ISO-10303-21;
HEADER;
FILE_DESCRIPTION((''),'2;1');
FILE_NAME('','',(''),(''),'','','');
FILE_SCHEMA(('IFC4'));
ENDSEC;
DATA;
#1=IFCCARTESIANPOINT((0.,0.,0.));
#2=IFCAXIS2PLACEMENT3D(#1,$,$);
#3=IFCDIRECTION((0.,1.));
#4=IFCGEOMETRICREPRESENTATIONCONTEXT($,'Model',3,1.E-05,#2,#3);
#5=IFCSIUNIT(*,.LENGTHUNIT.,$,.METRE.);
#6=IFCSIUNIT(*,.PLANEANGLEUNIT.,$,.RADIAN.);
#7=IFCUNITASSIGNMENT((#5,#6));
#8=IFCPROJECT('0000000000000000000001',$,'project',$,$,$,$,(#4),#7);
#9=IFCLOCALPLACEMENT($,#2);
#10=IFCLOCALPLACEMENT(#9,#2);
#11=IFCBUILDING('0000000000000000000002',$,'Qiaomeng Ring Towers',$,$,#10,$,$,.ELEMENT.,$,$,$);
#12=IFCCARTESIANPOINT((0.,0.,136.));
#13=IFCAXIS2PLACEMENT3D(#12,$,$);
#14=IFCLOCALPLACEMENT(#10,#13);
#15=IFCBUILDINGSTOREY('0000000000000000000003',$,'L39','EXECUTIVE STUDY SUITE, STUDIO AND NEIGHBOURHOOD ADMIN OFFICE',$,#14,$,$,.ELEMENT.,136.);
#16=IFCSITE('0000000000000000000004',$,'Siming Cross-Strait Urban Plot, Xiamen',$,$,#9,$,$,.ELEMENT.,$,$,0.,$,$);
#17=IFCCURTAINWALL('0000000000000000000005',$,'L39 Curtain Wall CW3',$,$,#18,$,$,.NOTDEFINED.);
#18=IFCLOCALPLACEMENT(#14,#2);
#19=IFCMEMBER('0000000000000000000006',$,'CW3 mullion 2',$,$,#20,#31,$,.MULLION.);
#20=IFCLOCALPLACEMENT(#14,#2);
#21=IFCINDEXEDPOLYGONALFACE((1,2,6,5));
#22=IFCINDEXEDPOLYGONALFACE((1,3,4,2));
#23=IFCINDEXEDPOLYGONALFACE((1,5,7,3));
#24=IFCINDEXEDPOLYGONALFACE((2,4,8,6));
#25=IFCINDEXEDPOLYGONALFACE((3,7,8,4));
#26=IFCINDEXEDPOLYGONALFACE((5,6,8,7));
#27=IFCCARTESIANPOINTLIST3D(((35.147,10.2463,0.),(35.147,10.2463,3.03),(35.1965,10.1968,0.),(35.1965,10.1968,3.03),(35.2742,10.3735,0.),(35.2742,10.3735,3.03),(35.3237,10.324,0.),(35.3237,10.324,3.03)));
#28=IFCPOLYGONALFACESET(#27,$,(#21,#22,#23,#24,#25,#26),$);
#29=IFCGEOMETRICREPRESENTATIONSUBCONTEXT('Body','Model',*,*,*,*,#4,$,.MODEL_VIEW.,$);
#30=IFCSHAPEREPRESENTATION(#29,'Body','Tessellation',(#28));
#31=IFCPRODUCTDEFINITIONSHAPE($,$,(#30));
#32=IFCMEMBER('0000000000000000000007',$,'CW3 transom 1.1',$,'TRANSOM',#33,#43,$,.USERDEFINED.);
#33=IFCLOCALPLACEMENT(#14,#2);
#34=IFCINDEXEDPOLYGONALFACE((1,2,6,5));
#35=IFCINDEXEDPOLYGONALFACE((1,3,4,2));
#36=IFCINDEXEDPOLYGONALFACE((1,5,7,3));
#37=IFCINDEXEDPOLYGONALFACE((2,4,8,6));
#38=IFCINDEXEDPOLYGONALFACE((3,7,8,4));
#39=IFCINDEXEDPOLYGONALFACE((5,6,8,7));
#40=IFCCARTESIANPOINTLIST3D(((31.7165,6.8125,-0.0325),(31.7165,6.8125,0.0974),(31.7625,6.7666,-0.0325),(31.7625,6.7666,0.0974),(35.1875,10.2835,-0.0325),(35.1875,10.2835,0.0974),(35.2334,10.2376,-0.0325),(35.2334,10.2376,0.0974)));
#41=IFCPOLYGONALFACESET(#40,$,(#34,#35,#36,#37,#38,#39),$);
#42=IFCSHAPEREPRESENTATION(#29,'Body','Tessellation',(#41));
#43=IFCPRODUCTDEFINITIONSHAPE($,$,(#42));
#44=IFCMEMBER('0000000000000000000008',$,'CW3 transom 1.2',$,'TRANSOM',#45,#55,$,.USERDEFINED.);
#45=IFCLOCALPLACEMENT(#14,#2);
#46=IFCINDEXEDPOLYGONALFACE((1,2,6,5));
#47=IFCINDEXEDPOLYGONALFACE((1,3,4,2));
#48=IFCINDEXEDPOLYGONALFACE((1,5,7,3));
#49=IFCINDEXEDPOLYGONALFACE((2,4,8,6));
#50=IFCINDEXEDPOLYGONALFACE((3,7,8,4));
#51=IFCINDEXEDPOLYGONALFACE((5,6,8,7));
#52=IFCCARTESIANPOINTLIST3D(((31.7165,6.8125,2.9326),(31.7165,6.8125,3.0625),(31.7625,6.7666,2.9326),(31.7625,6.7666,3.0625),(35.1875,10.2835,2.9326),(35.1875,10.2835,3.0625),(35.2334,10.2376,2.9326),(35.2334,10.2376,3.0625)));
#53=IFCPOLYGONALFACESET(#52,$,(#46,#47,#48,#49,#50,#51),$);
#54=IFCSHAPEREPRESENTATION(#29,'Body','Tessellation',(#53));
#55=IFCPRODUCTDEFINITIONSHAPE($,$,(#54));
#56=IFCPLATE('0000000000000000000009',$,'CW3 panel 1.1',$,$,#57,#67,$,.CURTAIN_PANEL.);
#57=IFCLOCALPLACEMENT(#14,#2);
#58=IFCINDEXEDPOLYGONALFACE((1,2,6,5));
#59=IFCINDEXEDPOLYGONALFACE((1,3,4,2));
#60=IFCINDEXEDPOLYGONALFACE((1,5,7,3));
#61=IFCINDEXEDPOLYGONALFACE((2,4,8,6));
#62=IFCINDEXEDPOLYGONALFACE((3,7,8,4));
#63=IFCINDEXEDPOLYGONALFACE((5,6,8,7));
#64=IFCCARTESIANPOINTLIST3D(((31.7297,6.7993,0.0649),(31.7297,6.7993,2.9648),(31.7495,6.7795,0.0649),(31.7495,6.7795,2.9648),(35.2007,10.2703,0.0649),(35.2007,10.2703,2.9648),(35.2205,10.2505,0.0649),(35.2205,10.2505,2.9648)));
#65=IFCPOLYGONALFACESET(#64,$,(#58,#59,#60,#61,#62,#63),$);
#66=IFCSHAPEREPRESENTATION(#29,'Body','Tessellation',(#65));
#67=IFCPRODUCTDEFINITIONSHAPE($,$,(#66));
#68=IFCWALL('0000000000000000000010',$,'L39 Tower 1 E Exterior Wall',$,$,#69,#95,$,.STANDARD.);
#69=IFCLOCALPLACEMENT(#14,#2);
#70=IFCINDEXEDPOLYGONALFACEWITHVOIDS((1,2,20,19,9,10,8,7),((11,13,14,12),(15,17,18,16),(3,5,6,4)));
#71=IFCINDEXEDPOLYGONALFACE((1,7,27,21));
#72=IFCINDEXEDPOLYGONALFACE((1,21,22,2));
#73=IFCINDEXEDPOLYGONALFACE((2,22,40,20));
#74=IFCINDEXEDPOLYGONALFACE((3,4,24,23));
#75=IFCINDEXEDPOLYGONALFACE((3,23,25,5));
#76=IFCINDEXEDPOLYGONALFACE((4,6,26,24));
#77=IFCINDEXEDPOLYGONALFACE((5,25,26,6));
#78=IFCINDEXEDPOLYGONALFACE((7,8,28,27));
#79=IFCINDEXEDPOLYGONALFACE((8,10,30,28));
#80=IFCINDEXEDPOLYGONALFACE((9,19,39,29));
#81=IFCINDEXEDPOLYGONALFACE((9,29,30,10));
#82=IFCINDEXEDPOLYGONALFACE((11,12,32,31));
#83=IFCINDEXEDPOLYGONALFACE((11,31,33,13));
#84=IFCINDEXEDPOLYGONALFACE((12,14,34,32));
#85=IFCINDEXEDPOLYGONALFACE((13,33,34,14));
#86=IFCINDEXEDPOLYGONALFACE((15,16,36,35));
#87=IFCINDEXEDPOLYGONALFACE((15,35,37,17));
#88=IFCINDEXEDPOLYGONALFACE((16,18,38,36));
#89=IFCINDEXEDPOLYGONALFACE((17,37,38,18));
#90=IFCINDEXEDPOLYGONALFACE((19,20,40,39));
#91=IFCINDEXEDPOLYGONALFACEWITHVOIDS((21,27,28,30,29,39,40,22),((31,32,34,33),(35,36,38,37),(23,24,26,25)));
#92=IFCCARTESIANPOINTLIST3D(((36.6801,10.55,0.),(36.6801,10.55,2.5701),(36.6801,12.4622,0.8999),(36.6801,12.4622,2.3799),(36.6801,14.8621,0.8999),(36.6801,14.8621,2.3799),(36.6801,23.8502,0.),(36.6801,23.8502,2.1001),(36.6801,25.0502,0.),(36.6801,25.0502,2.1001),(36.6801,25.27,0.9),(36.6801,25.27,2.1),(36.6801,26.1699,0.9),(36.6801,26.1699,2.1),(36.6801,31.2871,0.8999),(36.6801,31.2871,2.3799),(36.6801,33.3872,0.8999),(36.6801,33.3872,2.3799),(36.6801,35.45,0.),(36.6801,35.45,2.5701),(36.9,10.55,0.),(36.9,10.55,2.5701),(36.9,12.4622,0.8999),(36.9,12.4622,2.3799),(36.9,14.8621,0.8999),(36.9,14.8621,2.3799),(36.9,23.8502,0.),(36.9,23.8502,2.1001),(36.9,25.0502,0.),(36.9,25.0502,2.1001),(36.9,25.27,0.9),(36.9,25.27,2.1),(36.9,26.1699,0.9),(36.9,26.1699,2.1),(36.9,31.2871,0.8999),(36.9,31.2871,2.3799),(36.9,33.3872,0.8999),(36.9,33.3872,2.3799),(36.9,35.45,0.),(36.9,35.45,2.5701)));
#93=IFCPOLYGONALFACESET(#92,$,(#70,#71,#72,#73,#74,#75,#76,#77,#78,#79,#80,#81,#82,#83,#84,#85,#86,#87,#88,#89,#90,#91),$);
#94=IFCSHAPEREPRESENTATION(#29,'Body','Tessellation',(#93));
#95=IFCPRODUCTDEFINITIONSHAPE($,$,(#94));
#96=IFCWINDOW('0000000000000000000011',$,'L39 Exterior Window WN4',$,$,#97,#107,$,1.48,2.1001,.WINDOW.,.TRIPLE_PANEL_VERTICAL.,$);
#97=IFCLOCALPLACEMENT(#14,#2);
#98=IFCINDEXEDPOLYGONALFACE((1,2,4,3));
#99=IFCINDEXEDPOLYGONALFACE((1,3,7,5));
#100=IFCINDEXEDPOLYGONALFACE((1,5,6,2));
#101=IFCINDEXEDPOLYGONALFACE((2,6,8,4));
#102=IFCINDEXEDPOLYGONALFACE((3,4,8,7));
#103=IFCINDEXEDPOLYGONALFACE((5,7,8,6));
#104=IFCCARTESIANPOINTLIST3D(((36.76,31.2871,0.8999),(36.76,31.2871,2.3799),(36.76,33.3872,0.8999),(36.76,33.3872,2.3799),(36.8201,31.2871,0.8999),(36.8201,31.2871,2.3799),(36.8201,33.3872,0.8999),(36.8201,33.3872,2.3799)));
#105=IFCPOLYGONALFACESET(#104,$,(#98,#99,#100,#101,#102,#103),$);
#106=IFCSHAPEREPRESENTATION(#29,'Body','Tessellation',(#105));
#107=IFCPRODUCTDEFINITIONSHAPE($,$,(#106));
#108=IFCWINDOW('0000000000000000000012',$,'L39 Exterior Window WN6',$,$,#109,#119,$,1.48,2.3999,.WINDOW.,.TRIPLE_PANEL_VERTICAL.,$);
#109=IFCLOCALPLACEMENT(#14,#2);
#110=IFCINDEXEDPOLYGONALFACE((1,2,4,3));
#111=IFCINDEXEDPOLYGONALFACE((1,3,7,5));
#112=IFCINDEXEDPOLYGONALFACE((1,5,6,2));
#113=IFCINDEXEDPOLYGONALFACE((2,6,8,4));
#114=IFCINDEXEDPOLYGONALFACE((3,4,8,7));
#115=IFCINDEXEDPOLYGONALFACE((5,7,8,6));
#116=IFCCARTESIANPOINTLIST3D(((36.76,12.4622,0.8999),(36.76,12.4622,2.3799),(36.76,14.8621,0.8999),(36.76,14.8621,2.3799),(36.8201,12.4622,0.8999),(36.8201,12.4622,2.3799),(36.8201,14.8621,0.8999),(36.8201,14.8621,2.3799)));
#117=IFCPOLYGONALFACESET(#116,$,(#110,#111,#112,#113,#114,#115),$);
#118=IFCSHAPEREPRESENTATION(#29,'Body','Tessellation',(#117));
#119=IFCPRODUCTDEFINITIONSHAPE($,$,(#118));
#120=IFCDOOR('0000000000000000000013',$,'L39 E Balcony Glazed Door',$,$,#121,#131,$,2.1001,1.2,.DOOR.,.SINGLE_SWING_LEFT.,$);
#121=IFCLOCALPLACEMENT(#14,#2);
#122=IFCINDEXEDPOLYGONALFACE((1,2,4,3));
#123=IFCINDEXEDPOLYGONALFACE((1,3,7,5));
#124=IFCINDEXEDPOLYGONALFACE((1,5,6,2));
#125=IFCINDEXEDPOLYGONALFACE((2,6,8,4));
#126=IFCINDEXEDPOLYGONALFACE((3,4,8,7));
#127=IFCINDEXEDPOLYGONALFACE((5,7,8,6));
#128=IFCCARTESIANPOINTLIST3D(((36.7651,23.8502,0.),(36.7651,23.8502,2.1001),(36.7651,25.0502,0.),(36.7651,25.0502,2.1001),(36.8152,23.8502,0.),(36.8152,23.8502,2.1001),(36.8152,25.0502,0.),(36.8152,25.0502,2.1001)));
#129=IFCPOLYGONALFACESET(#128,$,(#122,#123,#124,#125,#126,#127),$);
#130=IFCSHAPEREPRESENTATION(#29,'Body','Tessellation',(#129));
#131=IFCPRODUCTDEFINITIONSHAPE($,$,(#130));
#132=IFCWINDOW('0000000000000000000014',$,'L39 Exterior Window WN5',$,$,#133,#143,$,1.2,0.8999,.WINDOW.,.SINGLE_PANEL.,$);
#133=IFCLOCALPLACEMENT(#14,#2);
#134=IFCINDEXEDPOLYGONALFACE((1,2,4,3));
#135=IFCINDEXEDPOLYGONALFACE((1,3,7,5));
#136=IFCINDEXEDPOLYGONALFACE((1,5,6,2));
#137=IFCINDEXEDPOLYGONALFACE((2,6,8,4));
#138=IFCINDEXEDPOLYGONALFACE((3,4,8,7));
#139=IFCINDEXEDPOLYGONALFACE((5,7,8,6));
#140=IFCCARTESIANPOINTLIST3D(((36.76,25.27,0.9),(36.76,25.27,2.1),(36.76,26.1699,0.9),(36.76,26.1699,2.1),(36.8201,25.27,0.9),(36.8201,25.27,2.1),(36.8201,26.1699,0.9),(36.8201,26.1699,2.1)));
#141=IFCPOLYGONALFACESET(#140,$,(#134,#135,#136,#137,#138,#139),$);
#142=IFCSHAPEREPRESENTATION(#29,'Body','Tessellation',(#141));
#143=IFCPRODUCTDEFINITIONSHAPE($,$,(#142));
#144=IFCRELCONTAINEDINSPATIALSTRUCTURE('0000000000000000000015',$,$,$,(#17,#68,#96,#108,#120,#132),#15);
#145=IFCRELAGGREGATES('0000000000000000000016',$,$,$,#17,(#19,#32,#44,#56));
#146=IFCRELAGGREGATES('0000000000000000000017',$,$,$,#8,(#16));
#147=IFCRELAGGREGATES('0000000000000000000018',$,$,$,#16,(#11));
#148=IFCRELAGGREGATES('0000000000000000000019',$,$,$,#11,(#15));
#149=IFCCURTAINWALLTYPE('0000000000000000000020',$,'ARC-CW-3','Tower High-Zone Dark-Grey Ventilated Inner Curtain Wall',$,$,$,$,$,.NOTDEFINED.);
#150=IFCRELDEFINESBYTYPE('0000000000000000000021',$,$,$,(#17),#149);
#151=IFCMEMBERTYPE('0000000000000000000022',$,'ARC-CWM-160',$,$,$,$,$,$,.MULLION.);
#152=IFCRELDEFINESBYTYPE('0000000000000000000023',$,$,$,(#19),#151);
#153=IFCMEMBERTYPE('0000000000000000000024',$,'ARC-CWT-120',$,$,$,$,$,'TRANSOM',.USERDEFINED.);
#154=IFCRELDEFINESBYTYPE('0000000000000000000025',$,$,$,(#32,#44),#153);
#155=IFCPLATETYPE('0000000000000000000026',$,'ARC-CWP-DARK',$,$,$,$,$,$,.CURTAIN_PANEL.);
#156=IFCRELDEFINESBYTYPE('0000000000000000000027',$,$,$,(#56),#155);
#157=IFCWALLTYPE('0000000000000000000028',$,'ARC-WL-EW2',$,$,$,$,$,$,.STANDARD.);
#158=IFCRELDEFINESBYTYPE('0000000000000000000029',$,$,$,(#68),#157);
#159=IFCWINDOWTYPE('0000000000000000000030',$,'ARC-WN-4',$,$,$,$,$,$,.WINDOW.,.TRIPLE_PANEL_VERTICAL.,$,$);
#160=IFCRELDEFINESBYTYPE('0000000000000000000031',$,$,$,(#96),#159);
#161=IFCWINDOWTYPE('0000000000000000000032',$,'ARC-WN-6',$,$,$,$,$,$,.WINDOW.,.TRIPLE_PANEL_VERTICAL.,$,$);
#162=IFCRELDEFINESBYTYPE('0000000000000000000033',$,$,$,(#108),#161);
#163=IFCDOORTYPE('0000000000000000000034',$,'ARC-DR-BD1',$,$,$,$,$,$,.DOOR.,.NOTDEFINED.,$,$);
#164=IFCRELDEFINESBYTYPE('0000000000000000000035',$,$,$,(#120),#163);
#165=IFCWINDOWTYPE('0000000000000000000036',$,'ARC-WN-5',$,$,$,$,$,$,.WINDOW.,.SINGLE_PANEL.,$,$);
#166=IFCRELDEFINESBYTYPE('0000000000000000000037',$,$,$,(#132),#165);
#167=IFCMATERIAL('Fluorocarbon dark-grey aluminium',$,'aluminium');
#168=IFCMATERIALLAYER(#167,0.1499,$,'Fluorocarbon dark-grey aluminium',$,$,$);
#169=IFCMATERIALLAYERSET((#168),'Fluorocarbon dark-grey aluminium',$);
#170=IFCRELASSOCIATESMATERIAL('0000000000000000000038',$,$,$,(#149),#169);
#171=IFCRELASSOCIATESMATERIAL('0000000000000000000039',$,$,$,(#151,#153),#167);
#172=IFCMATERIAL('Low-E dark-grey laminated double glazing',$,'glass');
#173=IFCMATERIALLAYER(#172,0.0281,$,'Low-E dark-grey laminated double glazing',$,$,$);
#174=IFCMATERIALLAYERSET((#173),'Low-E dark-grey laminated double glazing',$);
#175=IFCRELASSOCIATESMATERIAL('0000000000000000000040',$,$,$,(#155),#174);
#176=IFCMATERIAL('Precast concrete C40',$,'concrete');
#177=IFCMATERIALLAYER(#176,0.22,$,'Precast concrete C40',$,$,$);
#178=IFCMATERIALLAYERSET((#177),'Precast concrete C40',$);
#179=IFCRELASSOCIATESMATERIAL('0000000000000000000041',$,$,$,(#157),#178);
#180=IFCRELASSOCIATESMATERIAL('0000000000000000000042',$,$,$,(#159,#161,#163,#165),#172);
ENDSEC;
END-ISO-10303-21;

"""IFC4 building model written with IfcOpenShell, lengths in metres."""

from ifc_helpers import new_model, si_unit, direction, frame, frame_2d, origin, origin_2d, place, context, subcontext, project, spatial, rectangle, extrude, source, transform, mapped, material, layer, layer_set, material_profile, profile_set, type_object, element, fill, aggregate, save


model = new_model("IFC4")

# Units and contexts
model_context = context("Model", 3, precision=1e-05, world=origin(), true_north=direction((0.0, 1.0)))
body_context = subcontext(model_context, "Body", "Model", "MODEL_VIEW")
ifc_project = project(units=[si_unit("LENGTHUNIT", "METRE"), si_unit("PLANEANGLEUNIT", "RADIAN")], contexts=[model_context])

# Site, building, storey
site_placement = place(None, origin())
site = spatial("IfcSite", under=ifc_project, at=site_placement, Name="Siming Cross-Strait Urban Plot, Xiamen", CompositionType="ELEMENT", RefElevation=0.0)
building_placement = place(site_placement, origin())
building = spatial("IfcBuilding", under=site, at=building_placement, Name="Qiaomeng Ring Towers", CompositionType="ELEMENT")
storey_placement = place(building_placement, frame((0.0, 0.0, 136.0)))
storey = spatial("IfcBuildingStorey", under=building, at=storey_placement, Name="L39", Description="EXECUTIVE STUDY SUITE, STUDIO AND NEIGHBOURHOOD ADMIN OFFICE", CompositionType="ELEMENT", Elevation=136.0)

# Curtain wall, members, plate
ifc_material_1 = material(Name="Fluorocarbon dark-grey aluminium", Category="aluminium")
ifc_layer_1 = layer(ifc_material_1, 0.1499, Name="Fluorocarbon dark-grey aluminium")
ifc_layer_set_1 = layer_set([ifc_layer_1], Name="Fluorocarbon dark-grey aluminium")
curtain_wall_type = type_object("IfcCurtainWallType", Name="ARC-CW-3", Description="Tower High-Zone Dark-Grey Ventilated Inner Curtain Wall", PredefinedType="NOTDEFINED", material=ifc_layer_set_1)
curtain_wall_placement = place(storey_placement, origin())
curtain_wall = element("IfcCurtainWall", 1, at=curtain_wall_placement, inside=storey, type_object=curtain_wall_type, Name="L39 Curtain Wall CW3", PredefinedType="NOTDEFINED")
ifc_material_profile_1 = material_profile(ifc_material_1, rectangle(XDim=0.0701, YDim=0.1799, at=origin_2d()), Name="ALU MULL 70x180")
ifc_profile_set_1 = profile_set([ifc_material_profile_1], Name="Fluorocarbon dark-grey aluminium")
member_type_1 = type_object("IfcMemberType", Name="ARC-CWM-160", PredefinedType="MULLION", material=ifc_profile_set_1)
shared_shape_1 = source(origin(), body_context, "Body", "SweptSolid", [
    extrude(rectangle(XDim=0.0701, YDim=0.1799, at=origin_2d()), origin(), (0.0, 0.0, 1.0), 3.03),
])
member_1_placement = place(storey_placement, frame((35.2354, 10.2852, 0.0), z_axis=(0.0, 0.0, 1.0), x_axis=(-0.707107, 0.707107, 0.0)))
member_1 = element("IfcMember", 2, at=member_1_placement, type_object=member_type_1, Name="CW3 mullion 2", PredefinedType="MULLION", context=body_context, shape_type="MappedRepresentation", body=[
    mapped(shared_shape_1, transform((0.0, 0.0, 0.0), x_axis=(1.0, 0.0, 0.0), y_axis=(0.0, 1.0, 0.0), z_axis=(0.0, 0.0, 1.0), scale=1.0)),
])
ifc_material_profile_2 = material_profile(ifc_material_1, rectangle(XDim=0.0649, YDim=0.1299, at=origin_2d()), Name="ALU TRAN 65x130")
ifc_profile_set_2 = profile_set([ifc_material_profile_2], Name="Fluorocarbon dark-grey aluminium")
member_type_2 = type_object("IfcMemberType", Name="ARC-CWT-120", ElementType="TRANSOM", PredefinedType="USERDEFINED", material=ifc_profile_set_2)
shared_shape_2 = source(origin(), body_context, "Body", "SweptSolid", [
    extrude(rectangle(XDim=0.0649, YDim=0.1299, at=origin_2d()), origin(), (0.0, 0.0, 1.0), 4.9087),
])
member_2_placement = place(storey_placement, frame((31.7395, 6.7896, 0.0325), z_axis=(0.707107, 0.707107, 0.0), x_axis=(-0.707107, 0.707107, 0.0)))
member_2 = element("IfcMember", 3, at=member_2_placement, type_object=member_type_2, Name="CW3 transom 1.1", ObjectType="TRANSOM", PredefinedType="USERDEFINED", context=body_context, shape_type="MappedRepresentation", body=[
    mapped(shared_shape_2, transform((0.0, 0.0, 0.0), x_axis=(1.0, 0.0, 0.0), y_axis=(0.0, 1.0, 0.0), z_axis=(0.0, 0.0, 1.0), scale=1.0)),
])
member_3_placement = place(storey_placement, frame((31.7395, 6.7896, 2.9976), z_axis=(0.707107, 0.707107, 0.0), x_axis=(-0.707107, 0.707107, 0.0)))
member_3 = element("IfcMember", 4, at=member_3_placement, type_object=member_type_2, Name="CW3 transom 1.2", ObjectType="TRANSOM", PredefinedType="USERDEFINED", context=body_context, shape_type="MappedRepresentation", body=[
    mapped(shared_shape_2, transform((0.0, 0.0, 0.0), x_axis=(1.0, 0.0, 0.0), y_axis=(0.0, 1.0, 0.0), z_axis=(0.0, 0.0, 1.0), scale=1.0)),
])
ifc_material_2 = material(Name="Low-E dark-grey laminated double glazing", Category="glass")
ifc_layer_2 = layer(ifc_material_2, 0.0281, Name="Low-E dark-grey laminated double glazing")
ifc_layer_set_2 = layer_set([ifc_layer_2], Name="Low-E dark-grey laminated double glazing")
plate_type = type_object("IfcPlateType", Name="ARC-CWP-DARK", PredefinedType="CURTAIN_PANEL", material=ifc_layer_set_2)
shared_shape_3 = source(origin(), body_context, "Body", "SweptSolid", [
    extrude(rectangle(XDim=4.9087, YDim=0.0281, at=origin_2d()), origin(), (0.0, 0.0, 1.0), 2.8999),
])
plate_placement = place(storey_placement, frame((33.4751, 8.5249, 0.0649), z_axis=(0.0, 0.0, 1.0), x_axis=(0.707107, 0.707107, 0.0)))
plate = element("IfcPlate", 5, at=plate_placement, type_object=plate_type, Name="CW3 panel 1.1", PredefinedType="CURTAIN_PANEL", context=body_context, shape_type="MappedRepresentation", body=[
    mapped(shared_shape_3, transform((0.0, 0.0, 0.0), x_axis=(1.0, 0.0, 0.0), y_axis=(0.0, 1.0, 0.0), z_axis=(0.0, 0.0, 1.0), scale=1.0)),
])
aggregate(curtain_wall, [member_1, member_2, member_3, plate])

# Wall, openings, windows, door
ifc_material_3 = material(Name="Precast concrete C40", Category="concrete")
ifc_layer_3 = layer(ifc_material_3, 0.22, Name="Precast concrete C40")
ifc_layer_set_3 = layer_set([ifc_layer_3], Name="Precast concrete C40")
wall_type_1 = type_object("IfcWallType", Name="ARC-WL-EW2", PredefinedType="STANDARD", material=ifc_layer_set_3)
wall_1_placement = place(storey_placement, frame((36.79, 10.55, 0.0), z_axis=(0.0, 0.0, 1.0), x_axis=(0.0, 1.0, 0.0)))
wall_1 = element("IfcWall", 6, at=wall_1_placement, inside=storey, type_object=wall_type_1, Name="L39 Tower 1 E Exterior Wall", PredefinedType="STANDARD", context=body_context, shape_type="SweptSolid", body=[
    extrude(rectangle(XDim=24.8999, YDim=0.22, at=frame_2d((12.45, 0.0))), origin(), (0.0, 0.0, 1.0), 2.5701),
])
opening_1_placement = place(wall_1_placement, frame((13.3, 0.0, 0.0)))
opening_1 = element("IfcOpeningElement", 7, at=opening_1_placement, cuts=wall_1, PredefinedType="OPENING", context=body_context, shape_type="SweptSolid", body=[
    extrude(rectangle(XDim=1.2, YDim=2.1001, at=frame_2d((0.6001, 1.05))), frame((0.0, 0.1199, 0.0), z_axis=(0.0, -1.0, 0.0), x_axis=(1.0, 0.0, 0.0)), (0.0, 0.0, 1.0), 0.24),
])
opening_2_placement = place(wall_1_placement, frame((1.9121, 0.0, 0.8999)))
opening_2 = element("IfcOpeningElement", 8, at=opening_2_placement, cuts=wall_1, PredefinedType="OPENING", context=body_context, shape_type="SweptSolid", body=[
    extrude(rectangle(XDim=2.3999, YDim=1.48, at=frame_2d((1.2, 0.74))), frame((0.0, 0.1199, 0.0), z_axis=(0.0, -1.0, 0.0), x_axis=(1.0, 0.0, 0.0)), (0.0, 0.0, 1.0), 0.24),
])
opening_3_placement = place(wall_1_placement, frame((20.7371, 0.0, 0.8999)))
opening_3 = element("IfcOpeningElement", 9, at=opening_3_placement, cuts=wall_1, PredefinedType="OPENING", context=body_context, shape_type="SweptSolid", body=[
    extrude(rectangle(XDim=2.1001, YDim=1.48, at=frame_2d((1.05, 0.74))), frame((0.0, 0.1199, 0.0), z_axis=(0.0, -1.0, 0.0), x_axis=(1.0, 0.0, 0.0)), (0.0, 0.0, 1.0), 0.24),
])
opening_4_placement = place(wall_1_placement, frame((14.72, 0.0, 0.8999)))
opening_4 = element("IfcOpeningElement", 10, at=opening_4_placement, cuts=wall_1, PredefinedType="OPENING", context=body_context, shape_type="SweptSolid", body=[
    extrude(rectangle(XDim=0.8999, YDim=1.2, at=frame_2d((0.45, 0.6001))), frame((0.0, 0.1199, 0.0), z_axis=(0.0, -1.0, 0.0), x_axis=(1.0, 0.0, 0.0)), (0.0, 0.0, 1.0), 0.24),
])
window_type_1 = type_object("IfcWindowType", Name="ARC-WN-4", PartitioningType="TRIPLE_PANEL_VERTICAL", PredefinedType="WINDOW", material=ifc_material_2)
shared_shape_4 = source(origin(), body_context, "Body", "SweptSolid", [
    extrude(rectangle(XDim=2.1001, YDim=1.48, at=frame_2d((1.05, 0.74))), frame((0.0, 0.03, 0.0), z_axis=(0.0, -1.0, 0.0), x_axis=(1.0, 0.0, 0.0)), (0.0, 0.0, 1.0), 0.0601),
])
window_1_placement = place(opening_3_placement, origin())
window_1 = element("IfcWindow", 11, at=window_1_placement, inside=storey, type_object=window_type_1, Name="L39 Exterior Window WN4", OverallHeight=1.48, OverallWidth=2.1001, PartitioningType="TRIPLE_PANEL_VERTICAL", PredefinedType="WINDOW", context=body_context, shape_type="MappedRepresentation", body=[
    mapped(shared_shape_4, transform((0.0, 0.0, 0.0), x_axis=(1.0, 0.0, 0.0), y_axis=(0.0, 1.0, 0.0), z_axis=(0.0, 0.0, 1.0), scale=1.0)),
])
fill(opening_3, window_1)
window_type_2 = type_object("IfcWindowType", Name="ARC-WN-6", PartitioningType="TRIPLE_PANEL_VERTICAL", PredefinedType="WINDOW", material=ifc_material_2)
shared_shape_5 = source(origin(), body_context, "Body", "SweptSolid", [
    extrude(rectangle(XDim=2.3999, YDim=1.48, at=frame_2d((1.2, 0.74))), frame((0.0, 0.03, 0.0), z_axis=(0.0, -1.0, 0.0), x_axis=(1.0, 0.0, 0.0)), (0.0, 0.0, 1.0), 0.0601),
])
window_2_placement = place(opening_2_placement, origin())
window_2 = element("IfcWindow", 12, at=window_2_placement, inside=storey, type_object=window_type_2, Name="L39 Exterior Window WN6", OverallHeight=1.48, OverallWidth=2.3999, PartitioningType="TRIPLE_PANEL_VERTICAL", PredefinedType="WINDOW", context=body_context, shape_type="MappedRepresentation", body=[
    mapped(shared_shape_5, transform((0.0, 0.0, 0.0), x_axis=(1.0, 0.0, 0.0), y_axis=(0.0, 1.0, 0.0), z_axis=(0.0, 0.0, 1.0), scale=1.0)),
])
fill(opening_2, window_2)
door_type_1 = type_object("IfcDoorType", Name="ARC-DR-BD1", OperationType="NOTDEFINED", PredefinedType="DOOR", material=ifc_material_2)
shared_shape_6 = source(origin(), body_context, "Body", "SweptSolid", [
    extrude(rectangle(XDim=1.2, YDim=2.1001, at=frame_2d((0.6001, 1.05))), frame((0.0, 0.0249, 0.0), z_axis=(0.0, -1.0, 0.0), x_axis=(1.0, 0.0, 0.0)), (0.0, 0.0, 1.0), 0.05),
])
door_1_placement = place(opening_1_placement, origin())
door_1 = element("IfcDoor", 13, at=door_1_placement, inside=storey, type_object=door_type_1, Name="L39 E Balcony Glazed Door", OperationType="SINGLE_SWING_LEFT", OverallHeight=2.1001, OverallWidth=1.2, PredefinedType="DOOR", context=body_context, shape_type="MappedRepresentation", body=[
    mapped(shared_shape_6, transform((0.0, 0.0, 0.0), x_axis=(1.0, 0.0, 0.0), y_axis=(0.0, 1.0, 0.0), z_axis=(0.0, 0.0, 1.0), scale=1.0)),
])
fill(opening_1, door_1)
window_type_3 = type_object("IfcWindowType", Name="ARC-WN-5", PartitioningType="SINGLE_PANEL", PredefinedType="WINDOW", material=ifc_material_2)
shared_shape_7 = source(origin(), body_context, "Body", "SweptSolid", [
    extrude(rectangle(XDim=0.8999, YDim=1.2, at=frame_2d((0.45, 0.6001))), frame((0.0, 0.03, 0.0), z_axis=(0.0, -1.0, 0.0), x_axis=(1.0, 0.0, 0.0)), (0.0, 0.0, 1.0), 0.0601),
])
window_3_placement = place(opening_4_placement, origin())
window_3 = element("IfcWindow", 14, at=window_3_placement, inside=storey, type_object=window_type_3, Name="L39 Exterior Window WN5", OverallHeight=1.2, OverallWidth=0.8999, PartitioningType="SINGLE_PANEL", PredefinedType="WINDOW", context=body_context, shape_type="MappedRepresentation", body=[
    mapped(shared_shape_7, transform((0.0, 0.0, 0.0), x_axis=(1.0, 0.0, 0.0), y_axis=(0.0, 1.0, 0.0), z_axis=(0.0, 0.0, 1.0), scale=1.0)),
])
fill(opening_4, window_3)

save(model, "model.ifc")
